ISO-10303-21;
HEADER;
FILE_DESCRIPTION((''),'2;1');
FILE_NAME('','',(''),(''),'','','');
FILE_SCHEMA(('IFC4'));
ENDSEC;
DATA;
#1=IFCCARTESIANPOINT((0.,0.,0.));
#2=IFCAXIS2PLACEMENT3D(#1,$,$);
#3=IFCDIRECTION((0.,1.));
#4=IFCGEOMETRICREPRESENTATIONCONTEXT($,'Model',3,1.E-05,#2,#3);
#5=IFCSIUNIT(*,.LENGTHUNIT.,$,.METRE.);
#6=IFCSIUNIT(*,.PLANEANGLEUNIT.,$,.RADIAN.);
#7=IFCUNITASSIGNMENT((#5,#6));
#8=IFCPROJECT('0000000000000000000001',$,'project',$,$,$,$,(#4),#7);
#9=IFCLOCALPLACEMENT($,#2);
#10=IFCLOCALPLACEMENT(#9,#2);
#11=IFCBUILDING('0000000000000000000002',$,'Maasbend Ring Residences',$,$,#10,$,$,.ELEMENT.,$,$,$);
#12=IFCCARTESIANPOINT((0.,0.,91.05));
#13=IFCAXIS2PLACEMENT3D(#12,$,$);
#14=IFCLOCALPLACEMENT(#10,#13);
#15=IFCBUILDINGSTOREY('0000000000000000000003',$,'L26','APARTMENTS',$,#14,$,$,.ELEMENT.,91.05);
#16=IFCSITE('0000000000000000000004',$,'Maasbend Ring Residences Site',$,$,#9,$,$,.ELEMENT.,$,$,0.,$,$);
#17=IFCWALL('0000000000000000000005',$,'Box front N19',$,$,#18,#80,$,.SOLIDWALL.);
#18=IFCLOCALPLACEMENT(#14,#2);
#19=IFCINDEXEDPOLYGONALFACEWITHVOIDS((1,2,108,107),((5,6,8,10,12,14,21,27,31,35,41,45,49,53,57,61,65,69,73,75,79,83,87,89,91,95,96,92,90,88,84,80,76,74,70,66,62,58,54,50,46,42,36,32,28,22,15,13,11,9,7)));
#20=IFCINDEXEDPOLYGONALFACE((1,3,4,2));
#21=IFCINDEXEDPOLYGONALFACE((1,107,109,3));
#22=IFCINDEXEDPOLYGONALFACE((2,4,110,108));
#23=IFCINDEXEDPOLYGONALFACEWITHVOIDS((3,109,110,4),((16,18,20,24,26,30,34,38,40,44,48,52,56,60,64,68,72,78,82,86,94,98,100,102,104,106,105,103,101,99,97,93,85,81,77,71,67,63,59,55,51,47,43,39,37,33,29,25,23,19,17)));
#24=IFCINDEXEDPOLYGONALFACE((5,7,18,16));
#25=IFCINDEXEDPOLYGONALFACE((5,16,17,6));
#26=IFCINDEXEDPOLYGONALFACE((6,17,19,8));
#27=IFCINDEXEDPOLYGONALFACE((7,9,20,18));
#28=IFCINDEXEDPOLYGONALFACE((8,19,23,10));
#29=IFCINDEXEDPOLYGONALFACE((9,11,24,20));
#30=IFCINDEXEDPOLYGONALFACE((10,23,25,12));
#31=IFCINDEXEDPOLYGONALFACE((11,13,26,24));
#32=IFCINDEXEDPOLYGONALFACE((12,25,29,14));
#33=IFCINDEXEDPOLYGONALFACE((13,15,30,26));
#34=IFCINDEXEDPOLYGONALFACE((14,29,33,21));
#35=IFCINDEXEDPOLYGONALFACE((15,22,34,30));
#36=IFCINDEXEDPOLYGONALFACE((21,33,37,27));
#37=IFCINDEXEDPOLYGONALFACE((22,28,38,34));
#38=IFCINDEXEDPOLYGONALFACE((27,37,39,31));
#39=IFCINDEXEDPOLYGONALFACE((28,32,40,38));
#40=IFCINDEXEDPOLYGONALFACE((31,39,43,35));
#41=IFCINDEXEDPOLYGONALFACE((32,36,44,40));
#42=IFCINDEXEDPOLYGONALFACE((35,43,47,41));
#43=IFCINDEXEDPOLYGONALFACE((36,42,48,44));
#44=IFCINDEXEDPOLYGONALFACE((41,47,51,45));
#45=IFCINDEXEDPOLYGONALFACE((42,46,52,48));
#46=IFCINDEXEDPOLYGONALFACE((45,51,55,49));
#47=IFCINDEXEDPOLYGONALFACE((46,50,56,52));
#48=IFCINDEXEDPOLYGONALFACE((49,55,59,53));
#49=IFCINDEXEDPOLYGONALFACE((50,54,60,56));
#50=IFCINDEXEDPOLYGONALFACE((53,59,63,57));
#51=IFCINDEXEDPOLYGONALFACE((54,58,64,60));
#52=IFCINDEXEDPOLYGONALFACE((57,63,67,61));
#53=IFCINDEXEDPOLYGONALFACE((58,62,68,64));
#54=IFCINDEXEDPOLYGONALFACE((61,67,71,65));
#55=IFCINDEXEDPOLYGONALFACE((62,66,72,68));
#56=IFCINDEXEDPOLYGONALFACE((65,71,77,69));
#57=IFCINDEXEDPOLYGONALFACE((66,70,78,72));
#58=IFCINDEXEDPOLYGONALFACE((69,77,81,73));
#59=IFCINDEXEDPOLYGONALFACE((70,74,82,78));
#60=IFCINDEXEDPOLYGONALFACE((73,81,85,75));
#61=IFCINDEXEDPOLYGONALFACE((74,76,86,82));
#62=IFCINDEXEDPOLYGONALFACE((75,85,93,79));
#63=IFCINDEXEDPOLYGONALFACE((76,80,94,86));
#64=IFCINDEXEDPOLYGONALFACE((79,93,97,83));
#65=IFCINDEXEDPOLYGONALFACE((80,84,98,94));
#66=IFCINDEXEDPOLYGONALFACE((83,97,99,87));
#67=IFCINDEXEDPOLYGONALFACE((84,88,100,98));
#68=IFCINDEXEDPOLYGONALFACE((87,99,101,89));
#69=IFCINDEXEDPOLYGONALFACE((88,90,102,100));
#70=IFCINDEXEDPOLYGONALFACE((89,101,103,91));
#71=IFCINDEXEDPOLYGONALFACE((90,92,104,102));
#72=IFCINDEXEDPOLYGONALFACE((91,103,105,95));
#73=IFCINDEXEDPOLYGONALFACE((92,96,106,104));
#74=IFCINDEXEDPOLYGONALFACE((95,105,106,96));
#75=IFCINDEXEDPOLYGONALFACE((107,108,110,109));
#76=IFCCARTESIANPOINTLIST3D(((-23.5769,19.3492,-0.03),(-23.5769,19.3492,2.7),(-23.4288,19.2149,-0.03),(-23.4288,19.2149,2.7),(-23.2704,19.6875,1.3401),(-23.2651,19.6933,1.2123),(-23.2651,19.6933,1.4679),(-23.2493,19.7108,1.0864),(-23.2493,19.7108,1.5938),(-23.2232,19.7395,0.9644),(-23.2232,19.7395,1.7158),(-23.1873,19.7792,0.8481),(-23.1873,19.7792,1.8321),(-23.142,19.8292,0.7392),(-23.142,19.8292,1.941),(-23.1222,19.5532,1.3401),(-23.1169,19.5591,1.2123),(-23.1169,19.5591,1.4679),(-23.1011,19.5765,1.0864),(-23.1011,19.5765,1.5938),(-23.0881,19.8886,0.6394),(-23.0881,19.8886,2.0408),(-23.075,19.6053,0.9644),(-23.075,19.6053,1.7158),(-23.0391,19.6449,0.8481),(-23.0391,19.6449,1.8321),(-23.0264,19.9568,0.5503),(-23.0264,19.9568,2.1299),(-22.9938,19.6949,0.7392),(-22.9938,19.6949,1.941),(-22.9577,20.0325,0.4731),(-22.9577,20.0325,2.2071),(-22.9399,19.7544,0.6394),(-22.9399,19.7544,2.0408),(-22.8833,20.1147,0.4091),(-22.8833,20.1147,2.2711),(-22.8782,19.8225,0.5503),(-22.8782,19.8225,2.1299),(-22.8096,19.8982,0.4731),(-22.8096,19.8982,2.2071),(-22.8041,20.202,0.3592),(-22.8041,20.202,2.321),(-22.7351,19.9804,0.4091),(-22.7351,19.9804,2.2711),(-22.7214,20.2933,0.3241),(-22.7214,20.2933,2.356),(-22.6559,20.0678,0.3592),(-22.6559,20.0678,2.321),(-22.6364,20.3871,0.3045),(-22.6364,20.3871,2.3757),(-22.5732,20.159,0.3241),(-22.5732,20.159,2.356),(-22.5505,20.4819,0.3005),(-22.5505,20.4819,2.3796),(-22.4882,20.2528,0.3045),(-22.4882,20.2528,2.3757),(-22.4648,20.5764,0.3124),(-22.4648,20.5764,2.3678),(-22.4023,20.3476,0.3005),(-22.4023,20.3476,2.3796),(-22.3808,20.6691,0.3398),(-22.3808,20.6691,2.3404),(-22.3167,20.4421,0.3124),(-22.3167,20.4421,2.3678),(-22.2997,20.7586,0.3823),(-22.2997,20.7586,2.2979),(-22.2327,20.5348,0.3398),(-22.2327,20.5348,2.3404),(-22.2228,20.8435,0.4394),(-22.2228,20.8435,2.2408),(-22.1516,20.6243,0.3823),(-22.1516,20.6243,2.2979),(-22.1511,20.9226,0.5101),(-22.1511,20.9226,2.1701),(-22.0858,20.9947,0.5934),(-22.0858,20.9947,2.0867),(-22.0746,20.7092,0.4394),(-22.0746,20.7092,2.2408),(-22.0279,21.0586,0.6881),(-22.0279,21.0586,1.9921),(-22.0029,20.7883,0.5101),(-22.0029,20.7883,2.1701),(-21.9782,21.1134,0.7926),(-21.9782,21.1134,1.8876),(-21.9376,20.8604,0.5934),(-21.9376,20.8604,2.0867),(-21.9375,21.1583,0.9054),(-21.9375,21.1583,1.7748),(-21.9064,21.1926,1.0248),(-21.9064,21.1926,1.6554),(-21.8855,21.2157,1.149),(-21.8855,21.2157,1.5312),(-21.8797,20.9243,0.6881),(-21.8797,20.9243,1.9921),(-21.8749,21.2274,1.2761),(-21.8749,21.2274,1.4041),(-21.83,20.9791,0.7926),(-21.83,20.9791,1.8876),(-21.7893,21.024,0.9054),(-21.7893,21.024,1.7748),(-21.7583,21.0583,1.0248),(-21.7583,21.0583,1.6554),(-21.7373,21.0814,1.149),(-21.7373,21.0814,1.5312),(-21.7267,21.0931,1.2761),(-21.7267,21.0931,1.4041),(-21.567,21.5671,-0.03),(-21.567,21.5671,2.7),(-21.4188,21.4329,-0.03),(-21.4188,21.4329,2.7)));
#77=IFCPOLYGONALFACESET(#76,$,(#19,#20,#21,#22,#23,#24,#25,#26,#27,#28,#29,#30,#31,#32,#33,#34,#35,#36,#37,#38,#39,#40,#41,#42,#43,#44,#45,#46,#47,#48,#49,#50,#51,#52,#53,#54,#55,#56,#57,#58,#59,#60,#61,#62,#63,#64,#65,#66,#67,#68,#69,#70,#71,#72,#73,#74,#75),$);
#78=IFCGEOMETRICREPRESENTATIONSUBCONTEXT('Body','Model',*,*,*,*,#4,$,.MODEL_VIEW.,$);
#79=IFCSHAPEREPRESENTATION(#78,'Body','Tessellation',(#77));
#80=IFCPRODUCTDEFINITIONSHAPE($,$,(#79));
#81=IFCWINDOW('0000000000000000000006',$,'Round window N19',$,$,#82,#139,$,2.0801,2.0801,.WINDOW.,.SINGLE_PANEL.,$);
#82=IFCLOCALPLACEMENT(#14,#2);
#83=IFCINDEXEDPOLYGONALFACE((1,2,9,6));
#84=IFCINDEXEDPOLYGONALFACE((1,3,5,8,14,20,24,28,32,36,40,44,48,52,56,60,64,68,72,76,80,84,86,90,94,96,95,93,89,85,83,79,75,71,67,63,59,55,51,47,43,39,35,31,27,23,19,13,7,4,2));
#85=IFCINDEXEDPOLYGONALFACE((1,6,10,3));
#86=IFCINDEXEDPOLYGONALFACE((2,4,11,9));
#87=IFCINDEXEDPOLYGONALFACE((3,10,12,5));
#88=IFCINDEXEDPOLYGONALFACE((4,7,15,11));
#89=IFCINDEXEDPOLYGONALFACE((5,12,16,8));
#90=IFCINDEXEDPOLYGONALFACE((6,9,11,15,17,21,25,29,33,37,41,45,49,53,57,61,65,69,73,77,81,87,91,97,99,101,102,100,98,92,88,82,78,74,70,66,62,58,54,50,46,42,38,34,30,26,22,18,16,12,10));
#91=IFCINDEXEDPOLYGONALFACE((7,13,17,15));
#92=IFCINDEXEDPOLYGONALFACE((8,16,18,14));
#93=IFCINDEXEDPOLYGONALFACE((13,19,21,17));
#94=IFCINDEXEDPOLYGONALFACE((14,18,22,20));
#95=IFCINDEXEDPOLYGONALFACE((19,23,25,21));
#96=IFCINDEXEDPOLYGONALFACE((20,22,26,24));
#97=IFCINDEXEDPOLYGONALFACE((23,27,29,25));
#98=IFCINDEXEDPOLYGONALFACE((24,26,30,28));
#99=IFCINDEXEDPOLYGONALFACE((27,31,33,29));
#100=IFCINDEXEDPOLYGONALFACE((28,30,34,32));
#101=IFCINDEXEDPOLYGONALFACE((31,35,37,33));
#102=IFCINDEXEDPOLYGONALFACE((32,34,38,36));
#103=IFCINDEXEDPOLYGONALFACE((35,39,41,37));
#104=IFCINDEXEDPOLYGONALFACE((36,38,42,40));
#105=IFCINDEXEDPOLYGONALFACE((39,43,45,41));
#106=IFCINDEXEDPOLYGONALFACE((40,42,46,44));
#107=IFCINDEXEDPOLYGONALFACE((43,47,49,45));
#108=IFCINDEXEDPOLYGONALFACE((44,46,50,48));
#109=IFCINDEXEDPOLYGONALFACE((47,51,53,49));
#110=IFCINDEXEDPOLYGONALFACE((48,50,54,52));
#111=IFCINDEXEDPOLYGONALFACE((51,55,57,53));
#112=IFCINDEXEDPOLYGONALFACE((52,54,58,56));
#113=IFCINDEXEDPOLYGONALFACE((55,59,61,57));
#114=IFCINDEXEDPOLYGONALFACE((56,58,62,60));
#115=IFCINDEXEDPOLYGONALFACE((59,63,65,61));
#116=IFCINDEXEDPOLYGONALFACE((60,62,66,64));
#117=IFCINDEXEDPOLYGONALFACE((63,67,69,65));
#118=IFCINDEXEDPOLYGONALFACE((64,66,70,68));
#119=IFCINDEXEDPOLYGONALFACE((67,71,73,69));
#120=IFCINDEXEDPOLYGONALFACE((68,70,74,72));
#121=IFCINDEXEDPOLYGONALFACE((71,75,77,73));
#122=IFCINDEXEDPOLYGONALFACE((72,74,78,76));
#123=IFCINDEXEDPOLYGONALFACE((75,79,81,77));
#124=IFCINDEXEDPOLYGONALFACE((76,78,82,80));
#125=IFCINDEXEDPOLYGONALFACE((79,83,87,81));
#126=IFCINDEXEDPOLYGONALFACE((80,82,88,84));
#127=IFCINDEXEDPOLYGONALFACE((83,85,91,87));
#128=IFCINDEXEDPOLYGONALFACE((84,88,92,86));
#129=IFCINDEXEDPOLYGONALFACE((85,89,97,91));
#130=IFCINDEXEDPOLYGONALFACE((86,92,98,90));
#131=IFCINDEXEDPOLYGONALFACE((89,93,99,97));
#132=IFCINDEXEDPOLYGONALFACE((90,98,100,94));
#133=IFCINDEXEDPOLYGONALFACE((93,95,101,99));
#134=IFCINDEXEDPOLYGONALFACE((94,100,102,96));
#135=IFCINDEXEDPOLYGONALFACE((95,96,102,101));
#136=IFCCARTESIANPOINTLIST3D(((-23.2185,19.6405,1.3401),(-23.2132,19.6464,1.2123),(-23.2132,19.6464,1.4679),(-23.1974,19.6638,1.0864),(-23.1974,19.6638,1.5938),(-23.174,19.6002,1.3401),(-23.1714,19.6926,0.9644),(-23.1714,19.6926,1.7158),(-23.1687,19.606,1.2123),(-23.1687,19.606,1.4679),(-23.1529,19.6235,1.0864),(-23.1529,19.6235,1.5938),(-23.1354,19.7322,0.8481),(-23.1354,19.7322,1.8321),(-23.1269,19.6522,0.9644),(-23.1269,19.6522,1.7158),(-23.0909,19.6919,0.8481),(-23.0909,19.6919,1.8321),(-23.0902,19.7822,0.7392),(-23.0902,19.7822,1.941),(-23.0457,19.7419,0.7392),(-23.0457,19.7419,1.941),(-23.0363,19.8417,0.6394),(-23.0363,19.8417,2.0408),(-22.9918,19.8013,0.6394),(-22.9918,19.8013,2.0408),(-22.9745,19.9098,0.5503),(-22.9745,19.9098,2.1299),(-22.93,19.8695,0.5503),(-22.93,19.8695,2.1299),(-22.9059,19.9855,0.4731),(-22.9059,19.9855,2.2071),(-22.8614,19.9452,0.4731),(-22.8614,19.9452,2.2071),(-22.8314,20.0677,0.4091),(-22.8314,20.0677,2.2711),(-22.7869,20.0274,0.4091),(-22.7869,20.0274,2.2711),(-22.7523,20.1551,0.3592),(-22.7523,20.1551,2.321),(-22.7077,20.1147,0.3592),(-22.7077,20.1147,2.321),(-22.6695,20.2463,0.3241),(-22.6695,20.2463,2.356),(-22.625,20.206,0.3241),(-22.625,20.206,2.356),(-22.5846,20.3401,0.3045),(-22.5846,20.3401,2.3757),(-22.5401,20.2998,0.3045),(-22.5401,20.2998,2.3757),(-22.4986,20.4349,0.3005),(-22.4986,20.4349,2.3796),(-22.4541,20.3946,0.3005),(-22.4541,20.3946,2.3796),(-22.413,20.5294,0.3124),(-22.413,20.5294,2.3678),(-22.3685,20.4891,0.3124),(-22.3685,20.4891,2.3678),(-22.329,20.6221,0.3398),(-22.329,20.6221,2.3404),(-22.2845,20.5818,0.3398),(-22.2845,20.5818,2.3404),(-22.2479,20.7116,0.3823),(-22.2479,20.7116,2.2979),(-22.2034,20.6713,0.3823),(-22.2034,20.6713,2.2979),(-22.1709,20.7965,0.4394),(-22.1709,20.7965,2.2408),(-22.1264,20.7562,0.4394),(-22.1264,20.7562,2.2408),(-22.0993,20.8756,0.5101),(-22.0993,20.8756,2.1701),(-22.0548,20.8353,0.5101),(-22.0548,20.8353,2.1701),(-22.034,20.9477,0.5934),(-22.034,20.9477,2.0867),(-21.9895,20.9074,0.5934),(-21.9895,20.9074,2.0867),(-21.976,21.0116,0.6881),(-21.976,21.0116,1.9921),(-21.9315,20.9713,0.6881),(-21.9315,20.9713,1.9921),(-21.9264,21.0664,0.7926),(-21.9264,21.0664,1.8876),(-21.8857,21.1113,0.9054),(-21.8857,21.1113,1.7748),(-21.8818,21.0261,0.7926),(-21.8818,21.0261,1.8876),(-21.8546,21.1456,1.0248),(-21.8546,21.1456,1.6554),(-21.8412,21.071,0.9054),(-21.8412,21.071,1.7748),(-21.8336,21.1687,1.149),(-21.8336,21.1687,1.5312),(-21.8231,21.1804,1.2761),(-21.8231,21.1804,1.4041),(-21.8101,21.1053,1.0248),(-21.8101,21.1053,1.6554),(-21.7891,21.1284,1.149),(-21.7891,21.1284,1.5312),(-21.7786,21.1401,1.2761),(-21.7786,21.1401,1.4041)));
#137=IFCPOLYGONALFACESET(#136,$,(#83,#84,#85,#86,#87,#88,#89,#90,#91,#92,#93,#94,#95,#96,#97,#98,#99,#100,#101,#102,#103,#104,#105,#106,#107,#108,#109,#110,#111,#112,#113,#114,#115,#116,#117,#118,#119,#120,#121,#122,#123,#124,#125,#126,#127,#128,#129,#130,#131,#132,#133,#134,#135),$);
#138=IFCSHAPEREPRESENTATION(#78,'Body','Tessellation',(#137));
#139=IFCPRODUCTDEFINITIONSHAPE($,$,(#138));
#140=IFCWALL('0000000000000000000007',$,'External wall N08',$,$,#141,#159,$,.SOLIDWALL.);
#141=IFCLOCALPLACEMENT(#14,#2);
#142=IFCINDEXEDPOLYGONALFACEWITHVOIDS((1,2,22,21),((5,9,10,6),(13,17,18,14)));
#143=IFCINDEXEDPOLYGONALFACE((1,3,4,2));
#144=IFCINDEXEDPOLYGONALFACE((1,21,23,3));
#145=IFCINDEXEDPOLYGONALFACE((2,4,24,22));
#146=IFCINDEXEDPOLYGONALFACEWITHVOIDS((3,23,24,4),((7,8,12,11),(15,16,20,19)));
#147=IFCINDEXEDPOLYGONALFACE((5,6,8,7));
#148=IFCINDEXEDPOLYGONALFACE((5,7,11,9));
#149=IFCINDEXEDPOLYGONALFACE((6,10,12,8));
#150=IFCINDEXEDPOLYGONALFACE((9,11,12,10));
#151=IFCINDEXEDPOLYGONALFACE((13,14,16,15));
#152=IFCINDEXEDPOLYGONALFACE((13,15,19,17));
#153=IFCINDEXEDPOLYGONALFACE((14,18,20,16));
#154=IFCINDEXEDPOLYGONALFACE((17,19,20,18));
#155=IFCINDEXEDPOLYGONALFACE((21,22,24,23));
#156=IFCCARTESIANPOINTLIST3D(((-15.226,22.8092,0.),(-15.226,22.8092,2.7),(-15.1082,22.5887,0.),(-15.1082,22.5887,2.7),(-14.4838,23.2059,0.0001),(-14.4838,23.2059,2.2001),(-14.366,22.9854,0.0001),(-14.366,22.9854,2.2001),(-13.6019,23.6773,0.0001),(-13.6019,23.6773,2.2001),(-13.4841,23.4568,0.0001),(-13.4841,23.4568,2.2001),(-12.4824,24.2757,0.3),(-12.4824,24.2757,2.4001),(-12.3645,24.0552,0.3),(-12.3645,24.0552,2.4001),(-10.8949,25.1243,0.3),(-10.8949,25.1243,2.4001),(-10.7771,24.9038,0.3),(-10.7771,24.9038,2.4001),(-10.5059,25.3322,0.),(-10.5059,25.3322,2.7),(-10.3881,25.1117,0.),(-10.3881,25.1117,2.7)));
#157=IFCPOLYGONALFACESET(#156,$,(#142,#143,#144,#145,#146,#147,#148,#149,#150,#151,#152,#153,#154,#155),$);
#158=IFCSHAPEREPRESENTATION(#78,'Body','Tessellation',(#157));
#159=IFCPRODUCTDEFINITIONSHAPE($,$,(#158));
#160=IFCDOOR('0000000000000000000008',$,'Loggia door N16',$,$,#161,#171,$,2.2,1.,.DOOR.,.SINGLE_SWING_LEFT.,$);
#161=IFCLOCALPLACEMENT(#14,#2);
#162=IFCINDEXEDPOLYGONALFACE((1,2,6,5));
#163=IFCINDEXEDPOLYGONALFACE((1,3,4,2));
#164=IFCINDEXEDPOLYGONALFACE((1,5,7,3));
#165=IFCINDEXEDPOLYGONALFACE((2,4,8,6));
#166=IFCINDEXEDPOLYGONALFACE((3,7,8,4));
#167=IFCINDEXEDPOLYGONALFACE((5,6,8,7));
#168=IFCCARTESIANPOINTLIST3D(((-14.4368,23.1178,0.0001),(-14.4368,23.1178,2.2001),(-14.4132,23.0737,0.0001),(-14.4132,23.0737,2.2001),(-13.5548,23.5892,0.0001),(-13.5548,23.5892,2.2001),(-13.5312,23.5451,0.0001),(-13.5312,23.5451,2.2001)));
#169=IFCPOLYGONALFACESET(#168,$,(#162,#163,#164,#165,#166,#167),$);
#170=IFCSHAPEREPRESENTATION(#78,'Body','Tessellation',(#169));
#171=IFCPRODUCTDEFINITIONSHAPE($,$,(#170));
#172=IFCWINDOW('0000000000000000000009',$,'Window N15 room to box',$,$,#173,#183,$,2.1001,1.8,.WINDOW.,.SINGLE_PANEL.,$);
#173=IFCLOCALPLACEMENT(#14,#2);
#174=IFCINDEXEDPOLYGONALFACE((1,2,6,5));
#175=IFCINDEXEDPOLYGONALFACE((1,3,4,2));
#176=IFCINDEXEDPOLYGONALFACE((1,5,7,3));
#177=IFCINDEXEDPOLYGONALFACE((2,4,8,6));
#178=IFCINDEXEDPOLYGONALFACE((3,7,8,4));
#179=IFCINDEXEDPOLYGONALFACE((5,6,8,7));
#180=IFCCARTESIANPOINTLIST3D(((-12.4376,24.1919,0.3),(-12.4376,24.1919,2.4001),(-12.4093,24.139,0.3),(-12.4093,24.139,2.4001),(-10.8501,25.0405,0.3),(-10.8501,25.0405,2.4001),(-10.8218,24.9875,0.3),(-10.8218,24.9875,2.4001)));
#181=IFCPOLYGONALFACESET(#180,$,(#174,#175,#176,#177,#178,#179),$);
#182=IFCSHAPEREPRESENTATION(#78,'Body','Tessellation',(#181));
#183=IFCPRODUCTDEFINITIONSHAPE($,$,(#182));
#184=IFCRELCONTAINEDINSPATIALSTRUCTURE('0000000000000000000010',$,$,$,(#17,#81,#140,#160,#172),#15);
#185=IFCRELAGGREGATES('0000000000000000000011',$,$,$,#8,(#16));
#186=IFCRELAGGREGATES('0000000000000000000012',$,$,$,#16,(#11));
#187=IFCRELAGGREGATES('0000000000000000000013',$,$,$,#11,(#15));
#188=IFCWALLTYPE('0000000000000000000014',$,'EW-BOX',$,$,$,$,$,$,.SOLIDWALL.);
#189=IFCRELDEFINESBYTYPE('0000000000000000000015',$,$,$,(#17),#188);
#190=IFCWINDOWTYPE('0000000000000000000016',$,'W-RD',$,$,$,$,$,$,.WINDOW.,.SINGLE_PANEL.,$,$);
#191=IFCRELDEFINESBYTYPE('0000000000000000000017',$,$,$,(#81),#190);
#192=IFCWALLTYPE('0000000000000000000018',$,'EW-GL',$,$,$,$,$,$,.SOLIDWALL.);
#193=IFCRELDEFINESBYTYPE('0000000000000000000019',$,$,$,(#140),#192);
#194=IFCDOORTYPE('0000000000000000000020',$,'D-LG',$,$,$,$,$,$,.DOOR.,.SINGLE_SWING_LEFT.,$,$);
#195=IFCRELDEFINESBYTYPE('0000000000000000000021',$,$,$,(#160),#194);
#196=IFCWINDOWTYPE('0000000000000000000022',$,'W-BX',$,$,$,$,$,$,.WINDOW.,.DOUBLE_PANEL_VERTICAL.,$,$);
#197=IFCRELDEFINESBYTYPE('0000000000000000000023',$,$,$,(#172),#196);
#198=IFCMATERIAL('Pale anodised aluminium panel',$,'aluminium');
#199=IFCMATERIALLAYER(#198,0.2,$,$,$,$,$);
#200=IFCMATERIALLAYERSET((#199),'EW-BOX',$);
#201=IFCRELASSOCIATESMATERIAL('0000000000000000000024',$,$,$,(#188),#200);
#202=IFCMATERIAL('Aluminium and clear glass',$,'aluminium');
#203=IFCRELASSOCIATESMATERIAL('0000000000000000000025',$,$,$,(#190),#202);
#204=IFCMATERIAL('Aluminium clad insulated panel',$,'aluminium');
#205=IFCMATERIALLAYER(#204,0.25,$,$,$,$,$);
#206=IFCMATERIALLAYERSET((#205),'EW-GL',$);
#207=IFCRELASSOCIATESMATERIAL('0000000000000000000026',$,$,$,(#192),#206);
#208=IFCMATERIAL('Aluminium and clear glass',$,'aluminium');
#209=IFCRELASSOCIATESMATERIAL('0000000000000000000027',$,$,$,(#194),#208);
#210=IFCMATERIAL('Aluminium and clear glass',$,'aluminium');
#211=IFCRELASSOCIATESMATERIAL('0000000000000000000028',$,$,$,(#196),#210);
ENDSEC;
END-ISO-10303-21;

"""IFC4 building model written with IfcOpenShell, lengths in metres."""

from ifc_helpers import new_model, si_unit, direction, frame, frame_2d, origin, place, context, subcontext, project, spatial, rectangle, circle, extrude, material, layer, layer_set, type_object, element, fill, save


model = new_model("IFC4")

# Units and contexts
model_context = context("Model", 3, precision=1e-05, world=origin(), true_north=direction((0.0, 1.0)))
body_context = subcontext(model_context, "Body", "Model", "MODEL_VIEW")
ifc_project = project(units=[si_unit("LENGTHUNIT", "METRE"), si_unit("PLANEANGLEUNIT", "RADIAN")], contexts=[model_context])

# Site, building, storey
site_placement = place(None, origin())
site = spatial("IfcSite", under=ifc_project, at=site_placement, Name="Maasbend Ring Residences Site", CompositionType="ELEMENT", RefElevation=0.0)
building_placement = place(site_placement, origin())
building = spatial("IfcBuilding", under=site, at=building_placement, Name="Maasbend Ring Residences", CompositionType="ELEMENT")
storey_placement = place(building_placement, frame((0.0, 0.0, 91.05)))
storey = spatial("IfcBuildingStorey", under=building, at=storey_placement, Name="L26", Description="APARTMENTS", CompositionType="ELEMENT", Elevation=91.05)

# Shared definitions
ifc_material_1 = material(Name="Pale anodised aluminium panel", Category="aluminium")
ifc_layer_1 = layer(ifc_material_1, 0.2)
ifc_layer_set_1 = layer_set([ifc_layer_1], Name="EW-BOX")
wall_type_1 = type_object("IfcWallType", Name="EW-BOX", PredefinedType="SOLIDWALL", material=ifc_layer_set_1)
ifc_material_2 = material(Name="Aluminium and clear glass", Category="aluminium")
window_type_1 = type_object("IfcWindowType", Name="W-RD", PartitioningType="SINGLE_PANEL", PredefinedType="WINDOW", material=ifc_material_2)

# Wall, opening, window
wall_1_placement = place(storey_placement, frame((-21.4929, 21.5, -0.03), z_axis=(0.0, 0.0, 1.0), x_axis=(-0.671507, -0.740998, 0.0)))
wall_1 = element("IfcWall", 1, at=wall_1_placement, inside=storey, type_object=wall_type_1, Name="Box front N19", PredefinedType="SOLIDWALL", context=body_context, shape_type="SweptSolid", body=[
    extrude(rectangle(XDim=2.9932, YDim=0.2, at=frame_2d((1.4966, 0.0))), origin(), (0.0, 0.0, 1.0), 2.73),
])
opening_1_placement = place(wall_1_placement, frame((0.4565, 0.0, 0.3301)))
opening_1 = element("IfcOpeningElement", 2, at=opening_1_placement, cuts=wall_1, PredefinedType="OPENING", context=body_context, shape_type="SweptSolid", body=[
    extrude(circle(Radius=1.04, at=frame_2d((1.04, 1.04))), frame((0.0, 0.1099, 0.0), z_axis=(0.0, -1.0, 0.0), x_axis=(1.0, 0.0, 0.0)), (0.0, 0.0, 1.0), 0.22),
])
window_1_placement = place(opening_1_placement, origin())
window_1 = element("IfcWindow", 3, at=window_1_placement, inside=storey, type_object=window_type_1, Name="Round window N19", OverallHeight=2.0801, OverallWidth=2.0801, PartitioningType="SINGLE_PANEL", PredefinedType="WINDOW", context=body_context, shape_type="SweptSolid", body=[
    extrude(circle(Radius=1.04, at=frame_2d((1.04, 1.04))), frame((0.0, 0.03, 0.0), z_axis=(0.0, -1.0, 0.0), x_axis=(1.0, 0.0, 0.0)), (0.0, 0.0, 1.0), 0.0601),
])
fill(opening_1, window_1)

# Wall, openings, door, window
ifc_material_3 = material(Name="Aluminium clad insulated panel", Category="aluminium")
ifc_layer_2 = layer(ifc_material_3, 0.25)
ifc_layer_set_2 = layer_set([ifc_layer_2], Name="EW-GL")
wall_type_2 = type_object("IfcWallType", Name="EW-GL", PredefinedType="SOLIDWALL", material=ifc_layer_set_2)
wall_2_placement = place(storey_placement, frame((-10.447, 25.2219, 0.0), z_axis=(0.0, 0.0, 1.0), x_axis=(-0.881916, -0.471407, 0.0)))
wall_2 = element("IfcWall", 4, at=wall_2_placement, inside=storey, type_object=wall_type_2, Name="External wall N08", PredefinedType="SOLIDWALL", context=body_context, shape_type="SweptSolid", body=[
    extrude(rectangle(XDim=5.3521, YDim=0.25, at=frame_2d((2.676, 0.0))), origin(), (0.0, 0.0, 1.0), 2.7),
])
opening_2_placement = place(wall_2_placement, frame((0.4412, 0.0, 0.3)))
opening_2 = element("IfcOpeningElement", 5, at=opening_2_placement, cuts=wall_2, PredefinedType="OPENING", context=body_context, shape_type="SweptSolid", body=[
    extrude(rectangle(XDim=1.8, YDim=2.1001, at=frame_2d((0.8999, 1.05))), frame((0.0, 0.135, 0.0), z_axis=(0.0, -1.0, 0.0), x_axis=(1.0, 0.0, 0.0)), (0.0, 0.0, 1.0), 0.27),
])
opening_3_placement = place(wall_2_placement, frame((3.5105, 0.0, 0.0)))
opening_3 = element("IfcOpeningElement", 6, at=opening_3_placement, cuts=wall_2, PredefinedType="OPENING", context=body_context, shape_type="SweptSolid", body=[
    extrude(rectangle(XDim=1.0, YDim=2.2, at=frame_2d((0.5, 1.1001))), frame((0.0, 0.135, 0.0), z_axis=(0.0, -1.0, 0.0), x_axis=(1.0, 0.0, 0.0)), (0.0, 0.0, 1.0), 0.27),
])
ifc_material_4 = material(Name="Aluminium and clear glass", Category="aluminium")
door_type_1 = type_object("IfcDoorType", Name="D-LG", OperationType="SINGLE_SWING_LEFT", PredefinedType="DOOR", material=ifc_material_4)
door_1_placement = place(opening_3_placement, origin())
door_1 = element("IfcDoor", 7, at=door_1_placement, inside=storey, type_object=door_type_1, Name="Loggia door N16", OperationType="SINGLE_SWING_LEFT", OverallHeight=2.2, OverallWidth=1.0, PredefinedType="DOOR", context=body_context, shape_type="SweptSolid", body=[
    extrude(rectangle(XDim=1.0, YDim=2.2, at=frame_2d((0.5, 1.1001))), frame((0.0, 0.0249, 0.0), z_axis=(0.0, -1.0, 0.0), x_axis=(1.0, 0.0, 0.0)), (0.0, 0.0, 1.0), 0.05),
])
fill(opening_3, door_1)
ifc_material_5 = material(Name="Aluminium and clear glass", Category="aluminium")
window_type_2 = type_object("IfcWindowType", Name="W-BX", PartitioningType="DOUBLE_PANEL_VERTICAL", PredefinedType="WINDOW", material=ifc_material_5)
window_2_placement = place(opening_2_placement, origin())
window_2 = element("IfcWindow", 8, at=window_2_placement, inside=storey, type_object=window_type_2, Name="Window N15 room to box", OverallHeight=2.1001, OverallWidth=1.8, PartitioningType="SINGLE_PANEL", PredefinedType="WINDOW", context=body_context, shape_type="SweptSolid", body=[
    extrude(rectangle(XDim=1.8, YDim=2.1001, at=frame_2d((0.8999, 1.05))), frame((0.0, 0.03, 0.0), z_axis=(0.0, -1.0, 0.0), x_axis=(1.0, 0.0, 0.0)), (0.0, 0.0, 1.0), 0.0601),
])
fill(opening_2, window_2)

save(model, "model.ifc")
